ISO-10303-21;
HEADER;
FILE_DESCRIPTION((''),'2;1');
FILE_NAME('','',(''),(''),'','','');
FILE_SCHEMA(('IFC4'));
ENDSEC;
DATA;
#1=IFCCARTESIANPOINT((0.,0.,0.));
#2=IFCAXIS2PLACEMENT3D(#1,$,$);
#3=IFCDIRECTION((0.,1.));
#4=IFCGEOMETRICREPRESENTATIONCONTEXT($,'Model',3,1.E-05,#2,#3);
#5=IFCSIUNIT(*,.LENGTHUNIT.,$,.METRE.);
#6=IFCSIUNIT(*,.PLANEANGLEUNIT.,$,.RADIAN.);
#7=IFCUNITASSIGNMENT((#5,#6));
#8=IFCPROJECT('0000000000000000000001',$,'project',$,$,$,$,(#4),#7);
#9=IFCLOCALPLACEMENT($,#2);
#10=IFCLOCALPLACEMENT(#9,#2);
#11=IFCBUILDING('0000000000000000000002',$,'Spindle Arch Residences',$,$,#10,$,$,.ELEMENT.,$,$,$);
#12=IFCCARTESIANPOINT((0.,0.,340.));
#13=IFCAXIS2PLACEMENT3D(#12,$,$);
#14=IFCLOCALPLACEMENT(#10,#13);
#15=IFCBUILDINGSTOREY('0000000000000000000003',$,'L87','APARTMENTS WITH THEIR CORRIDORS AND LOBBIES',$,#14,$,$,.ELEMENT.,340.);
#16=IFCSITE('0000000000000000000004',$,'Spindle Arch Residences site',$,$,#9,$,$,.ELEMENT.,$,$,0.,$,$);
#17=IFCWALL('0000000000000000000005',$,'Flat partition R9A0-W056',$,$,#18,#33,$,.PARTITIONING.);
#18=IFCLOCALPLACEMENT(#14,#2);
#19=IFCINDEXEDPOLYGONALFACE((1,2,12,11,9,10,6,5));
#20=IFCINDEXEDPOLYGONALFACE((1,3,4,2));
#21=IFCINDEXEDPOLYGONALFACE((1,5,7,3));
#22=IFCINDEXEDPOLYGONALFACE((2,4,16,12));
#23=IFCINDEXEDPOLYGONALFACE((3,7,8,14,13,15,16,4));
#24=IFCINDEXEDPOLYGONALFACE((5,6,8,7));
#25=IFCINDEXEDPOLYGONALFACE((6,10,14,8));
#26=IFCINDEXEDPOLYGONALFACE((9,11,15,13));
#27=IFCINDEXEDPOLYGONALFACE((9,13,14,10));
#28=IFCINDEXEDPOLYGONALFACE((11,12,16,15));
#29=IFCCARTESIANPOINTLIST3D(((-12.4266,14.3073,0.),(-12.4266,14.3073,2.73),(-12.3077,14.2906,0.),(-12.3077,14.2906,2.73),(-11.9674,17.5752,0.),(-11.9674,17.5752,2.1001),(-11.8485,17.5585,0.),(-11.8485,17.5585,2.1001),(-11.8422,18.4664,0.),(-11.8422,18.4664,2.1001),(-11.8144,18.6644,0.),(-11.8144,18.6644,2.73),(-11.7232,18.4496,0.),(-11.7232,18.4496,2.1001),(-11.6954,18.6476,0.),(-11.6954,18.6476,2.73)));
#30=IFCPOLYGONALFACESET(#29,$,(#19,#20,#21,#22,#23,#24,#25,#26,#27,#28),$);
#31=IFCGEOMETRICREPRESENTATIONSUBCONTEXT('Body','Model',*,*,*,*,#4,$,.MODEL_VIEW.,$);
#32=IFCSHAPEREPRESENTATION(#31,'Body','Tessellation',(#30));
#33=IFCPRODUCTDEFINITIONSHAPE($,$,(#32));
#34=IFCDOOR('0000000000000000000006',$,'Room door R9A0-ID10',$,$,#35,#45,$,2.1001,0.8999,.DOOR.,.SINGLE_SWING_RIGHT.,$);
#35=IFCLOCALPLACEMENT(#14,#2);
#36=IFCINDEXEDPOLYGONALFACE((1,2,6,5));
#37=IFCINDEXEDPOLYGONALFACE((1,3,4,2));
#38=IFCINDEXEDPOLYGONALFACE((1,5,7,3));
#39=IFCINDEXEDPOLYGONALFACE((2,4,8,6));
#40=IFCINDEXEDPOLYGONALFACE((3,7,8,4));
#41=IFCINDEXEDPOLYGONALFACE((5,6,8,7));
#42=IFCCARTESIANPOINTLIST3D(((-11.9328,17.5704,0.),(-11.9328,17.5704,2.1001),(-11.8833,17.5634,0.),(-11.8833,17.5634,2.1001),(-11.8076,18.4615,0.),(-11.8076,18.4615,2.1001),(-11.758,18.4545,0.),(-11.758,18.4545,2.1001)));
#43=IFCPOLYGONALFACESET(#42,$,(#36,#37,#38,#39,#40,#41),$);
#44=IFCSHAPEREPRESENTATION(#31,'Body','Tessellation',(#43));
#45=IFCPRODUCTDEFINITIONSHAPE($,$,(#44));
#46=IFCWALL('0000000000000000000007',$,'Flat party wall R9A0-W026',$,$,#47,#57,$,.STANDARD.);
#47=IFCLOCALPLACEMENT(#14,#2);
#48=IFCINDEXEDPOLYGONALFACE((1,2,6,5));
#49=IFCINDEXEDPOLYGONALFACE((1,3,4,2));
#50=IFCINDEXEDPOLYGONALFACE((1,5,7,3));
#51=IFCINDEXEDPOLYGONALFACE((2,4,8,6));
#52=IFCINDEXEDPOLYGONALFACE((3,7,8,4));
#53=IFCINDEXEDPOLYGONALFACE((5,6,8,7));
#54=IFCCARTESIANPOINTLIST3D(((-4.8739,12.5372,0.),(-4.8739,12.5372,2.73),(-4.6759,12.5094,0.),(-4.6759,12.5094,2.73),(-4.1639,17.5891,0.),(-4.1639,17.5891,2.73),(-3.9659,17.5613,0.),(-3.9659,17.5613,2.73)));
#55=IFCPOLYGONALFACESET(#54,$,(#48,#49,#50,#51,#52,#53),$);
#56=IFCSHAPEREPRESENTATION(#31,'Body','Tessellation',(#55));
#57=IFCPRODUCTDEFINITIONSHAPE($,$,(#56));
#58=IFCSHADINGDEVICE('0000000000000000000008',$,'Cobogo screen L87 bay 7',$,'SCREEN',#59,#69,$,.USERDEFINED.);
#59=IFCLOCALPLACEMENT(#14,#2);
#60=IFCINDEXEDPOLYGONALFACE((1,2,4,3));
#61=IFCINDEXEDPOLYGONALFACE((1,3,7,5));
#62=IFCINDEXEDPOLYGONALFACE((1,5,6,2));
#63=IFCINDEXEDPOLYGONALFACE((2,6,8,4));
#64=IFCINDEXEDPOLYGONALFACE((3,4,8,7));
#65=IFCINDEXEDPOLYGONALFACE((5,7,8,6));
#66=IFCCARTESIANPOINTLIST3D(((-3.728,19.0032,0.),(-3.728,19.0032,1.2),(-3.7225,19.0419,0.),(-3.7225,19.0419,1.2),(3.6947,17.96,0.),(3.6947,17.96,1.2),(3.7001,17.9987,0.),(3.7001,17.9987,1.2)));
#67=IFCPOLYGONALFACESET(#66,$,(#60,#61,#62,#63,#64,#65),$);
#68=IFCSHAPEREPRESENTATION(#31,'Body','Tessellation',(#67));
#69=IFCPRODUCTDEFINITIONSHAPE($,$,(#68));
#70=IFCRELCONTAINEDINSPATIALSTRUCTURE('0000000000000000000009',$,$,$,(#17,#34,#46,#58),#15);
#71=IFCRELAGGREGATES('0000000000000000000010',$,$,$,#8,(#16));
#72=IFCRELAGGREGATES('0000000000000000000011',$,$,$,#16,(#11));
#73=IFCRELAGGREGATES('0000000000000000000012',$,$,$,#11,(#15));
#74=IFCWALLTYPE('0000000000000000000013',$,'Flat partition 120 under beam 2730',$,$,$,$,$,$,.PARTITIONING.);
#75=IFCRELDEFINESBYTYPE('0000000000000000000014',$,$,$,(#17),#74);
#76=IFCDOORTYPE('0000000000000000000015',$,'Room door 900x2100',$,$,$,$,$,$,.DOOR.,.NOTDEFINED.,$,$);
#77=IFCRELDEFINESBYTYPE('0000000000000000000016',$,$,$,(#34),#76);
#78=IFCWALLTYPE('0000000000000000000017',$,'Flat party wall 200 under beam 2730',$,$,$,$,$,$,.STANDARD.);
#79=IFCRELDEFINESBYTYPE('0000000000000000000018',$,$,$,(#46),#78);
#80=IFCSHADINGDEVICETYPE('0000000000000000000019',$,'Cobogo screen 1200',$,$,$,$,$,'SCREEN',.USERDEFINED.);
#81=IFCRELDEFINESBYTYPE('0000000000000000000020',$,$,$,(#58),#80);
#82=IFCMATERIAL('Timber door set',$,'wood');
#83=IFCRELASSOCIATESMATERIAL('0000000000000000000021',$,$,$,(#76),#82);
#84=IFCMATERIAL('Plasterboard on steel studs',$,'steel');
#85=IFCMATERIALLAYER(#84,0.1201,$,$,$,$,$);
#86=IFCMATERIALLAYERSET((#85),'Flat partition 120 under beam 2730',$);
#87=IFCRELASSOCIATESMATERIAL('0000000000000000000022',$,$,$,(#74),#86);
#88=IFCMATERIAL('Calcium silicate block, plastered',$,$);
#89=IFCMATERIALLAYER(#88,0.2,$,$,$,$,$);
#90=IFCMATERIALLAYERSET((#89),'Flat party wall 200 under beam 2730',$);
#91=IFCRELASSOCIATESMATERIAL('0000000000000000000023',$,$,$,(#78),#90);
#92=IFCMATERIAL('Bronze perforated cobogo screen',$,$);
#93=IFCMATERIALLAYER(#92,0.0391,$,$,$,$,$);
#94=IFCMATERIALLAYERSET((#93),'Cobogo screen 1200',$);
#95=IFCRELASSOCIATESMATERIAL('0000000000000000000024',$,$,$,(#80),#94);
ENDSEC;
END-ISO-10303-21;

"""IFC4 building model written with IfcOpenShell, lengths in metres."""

from ifc_helpers import new_model, si_unit, direction, frame, frame_2d, origin, origin_2d, place, context, subcontext, project, spatial, rectangle, extrude, material, layer, layer_set, type_object, element, fill, save


model = new_model("IFC4")

# Units and contexts
model_context = context("Model", 3, precision=1e-05, world=origin(), true_north=direction((0.0, 1.0)))
body_context = subcontext(model_context, "Body", "Model", "MODEL_VIEW")
ifc_project = project(units=[si_unit("LENGTHUNIT", "METRE"), si_unit("PLANEANGLEUNIT", "RADIAN")], contexts=[model_context])

# Site, building, storey
site_placement = place(None, origin())
site = spatial("IfcSite", under=ifc_project, at=site_placement, Name="Spindle Arch Residences site", CompositionType="ELEMENT", RefElevation=0.0)
building_placement = place(site_placement, origin())
building = spatial("IfcBuilding", under=site, at=building_placement, Name="Spindle Arch Residences", CompositionType="ELEMENT")
storey_placement = place(building_placement, frame((0.0, 0.0, 340.0)))
storey = spatial("IfcBuildingStorey", under=building, at=storey_placement, Name="L87", Description="APARTMENTS WITH THEIR CORRIDORS AND LOBBIES", CompositionType="ELEMENT", Elevation=340.0)

# Shared definitions
ifc_material_1 = material(Name="Timber door set", Category="wood")
door_type_1 = type_object("IfcDoorType", Name="Room door 900x2100", OperationType="NOTDEFINED", PredefinedType="DOOR", material=ifc_material_1)

# Wall, opening, door
ifc_material_2 = material(Name="Plasterboard on steel studs", Category="steel")
ifc_layer_1 = layer(ifc_material_2, 0.1201)
ifc_layer_set_1 = layer_set([ifc_layer_1], Name="Flat partition 120 under beam 2730")
wall_type_1 = type_object("IfcWallType", Name="Flat partition 120 under beam 2730", PredefinedType="PARTITIONING", material=ifc_layer_set_1)
wall_1_placement = place(storey_placement, frame((-11.7549, 18.656, 0.0), z_axis=(0.0, 0.0, 1.0), x_axis=(-0.13916, -0.99027, 0.0)))
wall_1 = element("IfcWall", 1, at=wall_1_placement, inside=storey, type_object=wall_type_1, Name="Flat partition R9A0-W056", PredefinedType="PARTITIONING", context=body_context, shape_type="SweptSolid", body=[
    extrude(rectangle(XDim=4.3999, YDim=0.1201, at=frame_2d((2.2, 0.0))), origin(), (0.0, 0.0, 1.0), 2.73),
])
opening_1_placement = place(wall_1_placement, frame((0.2, 0.0, 0.0)))
opening_1 = element("IfcOpeningElement", 2, at=opening_1_placement, cuts=wall_1, PredefinedType="OPENING", context=body_context, shape_type="SweptSolid", body=[
    extrude(rectangle(XDim=0.8999, YDim=2.1001, at=frame_2d((0.45, 1.05))), frame((0.0, 0.0701, 0.0), z_axis=(0.0, -1.0, 0.0), x_axis=(1.0, 0.0, 0.0)), (0.0, 0.0, 1.0), 0.1401),
])
door_1_placement = place(opening_1_placement, origin())
door_1 = element("IfcDoor", 3, at=door_1_placement, inside=storey, type_object=door_type_1, Name="Room door R9A0-ID10", OperationType="SINGLE_SWING_RIGHT", OverallHeight=2.1001, OverallWidth=0.8999, PredefinedType="DOOR", context=body_context, shape_type="SweptSolid", body=[
    extrude(rectangle(XDim=0.8999, YDim=2.1001, at=frame_2d((0.45, 1.05))), frame((0.0, 0.0249, 0.0), z_axis=(0.0, -1.0, 0.0), x_axis=(1.0, 0.0, 0.0)), (0.0, 0.0, 1.0), 0.05),
])
fill(opening_1, door_1)

# Wall
ifc_material_3 = material(Name="Calcium silicate block, plastered")
ifc_layer_2 = layer(ifc_material_3, 0.2)
ifc_layer_set_2 = layer_set([ifc_layer_2], Name="Flat party wall 200 under beam 2730")
wall_type_2 = type_object("IfcWallType", Name="Flat party wall 200 under beam 2730", PredefinedType="STANDARD", material=ifc_layer_set_2)
wall_2_placement = place(storey_placement, frame((-4.0649, 17.5752, 0.0), z_axis=(0.0, 0.0, 1.0), x_axis=(-0.139163, -0.990269, 0.0)))
element("IfcWall", 4, at=wall_2_placement, inside=storey, type_object=wall_type_2, Name="Flat party wall R9A0-W026", PredefinedType="STANDARD", context=body_context, shape_type="SweptSolid", body=[
    extrude(rectangle(XDim=5.1016, YDim=0.2, at=frame_2d((2.5508, 0.0))), origin(), (0.0, 0.0, 1.0), 2.73),
])

# Shading device
ifc_material_4 = material(Name="Bronze perforated cobogo screen")
ifc_layer_3 = layer(ifc_material_4, 0.0391)
ifc_layer_set_3 = layer_set([ifc_layer_3], Name="Cobogo screen 1200")
shading_device_type = type_object("IfcShadingDeviceType", Name="Cobogo screen 1200", ElementType="SCREEN", PredefinedType="USERDEFINED", material=ifc_layer_set_3)
shading_device_placement = place(storey_placement, frame((-0.0139, 18.501, 0.0), z_axis=(0.0, 0.0, 1.0), x_axis=(-0.990268, 0.139173, 0.0)))
element("IfcShadingDevice", 5, at=shading_device_placement, inside=storey, type_object=shading_device_type, Name="Cobogo screen L87 bay 7", ObjectType="SCREEN", PredefinedType="USERDEFINED", context=body_context, shape_type="SweptSolid", body=[
    extrude(rectangle(XDim=7.4956, YDim=0.0391, at=origin_2d()), origin(), (0.0, 0.0, 1.0), 1.2),
])

save(model, "model.ifc")
